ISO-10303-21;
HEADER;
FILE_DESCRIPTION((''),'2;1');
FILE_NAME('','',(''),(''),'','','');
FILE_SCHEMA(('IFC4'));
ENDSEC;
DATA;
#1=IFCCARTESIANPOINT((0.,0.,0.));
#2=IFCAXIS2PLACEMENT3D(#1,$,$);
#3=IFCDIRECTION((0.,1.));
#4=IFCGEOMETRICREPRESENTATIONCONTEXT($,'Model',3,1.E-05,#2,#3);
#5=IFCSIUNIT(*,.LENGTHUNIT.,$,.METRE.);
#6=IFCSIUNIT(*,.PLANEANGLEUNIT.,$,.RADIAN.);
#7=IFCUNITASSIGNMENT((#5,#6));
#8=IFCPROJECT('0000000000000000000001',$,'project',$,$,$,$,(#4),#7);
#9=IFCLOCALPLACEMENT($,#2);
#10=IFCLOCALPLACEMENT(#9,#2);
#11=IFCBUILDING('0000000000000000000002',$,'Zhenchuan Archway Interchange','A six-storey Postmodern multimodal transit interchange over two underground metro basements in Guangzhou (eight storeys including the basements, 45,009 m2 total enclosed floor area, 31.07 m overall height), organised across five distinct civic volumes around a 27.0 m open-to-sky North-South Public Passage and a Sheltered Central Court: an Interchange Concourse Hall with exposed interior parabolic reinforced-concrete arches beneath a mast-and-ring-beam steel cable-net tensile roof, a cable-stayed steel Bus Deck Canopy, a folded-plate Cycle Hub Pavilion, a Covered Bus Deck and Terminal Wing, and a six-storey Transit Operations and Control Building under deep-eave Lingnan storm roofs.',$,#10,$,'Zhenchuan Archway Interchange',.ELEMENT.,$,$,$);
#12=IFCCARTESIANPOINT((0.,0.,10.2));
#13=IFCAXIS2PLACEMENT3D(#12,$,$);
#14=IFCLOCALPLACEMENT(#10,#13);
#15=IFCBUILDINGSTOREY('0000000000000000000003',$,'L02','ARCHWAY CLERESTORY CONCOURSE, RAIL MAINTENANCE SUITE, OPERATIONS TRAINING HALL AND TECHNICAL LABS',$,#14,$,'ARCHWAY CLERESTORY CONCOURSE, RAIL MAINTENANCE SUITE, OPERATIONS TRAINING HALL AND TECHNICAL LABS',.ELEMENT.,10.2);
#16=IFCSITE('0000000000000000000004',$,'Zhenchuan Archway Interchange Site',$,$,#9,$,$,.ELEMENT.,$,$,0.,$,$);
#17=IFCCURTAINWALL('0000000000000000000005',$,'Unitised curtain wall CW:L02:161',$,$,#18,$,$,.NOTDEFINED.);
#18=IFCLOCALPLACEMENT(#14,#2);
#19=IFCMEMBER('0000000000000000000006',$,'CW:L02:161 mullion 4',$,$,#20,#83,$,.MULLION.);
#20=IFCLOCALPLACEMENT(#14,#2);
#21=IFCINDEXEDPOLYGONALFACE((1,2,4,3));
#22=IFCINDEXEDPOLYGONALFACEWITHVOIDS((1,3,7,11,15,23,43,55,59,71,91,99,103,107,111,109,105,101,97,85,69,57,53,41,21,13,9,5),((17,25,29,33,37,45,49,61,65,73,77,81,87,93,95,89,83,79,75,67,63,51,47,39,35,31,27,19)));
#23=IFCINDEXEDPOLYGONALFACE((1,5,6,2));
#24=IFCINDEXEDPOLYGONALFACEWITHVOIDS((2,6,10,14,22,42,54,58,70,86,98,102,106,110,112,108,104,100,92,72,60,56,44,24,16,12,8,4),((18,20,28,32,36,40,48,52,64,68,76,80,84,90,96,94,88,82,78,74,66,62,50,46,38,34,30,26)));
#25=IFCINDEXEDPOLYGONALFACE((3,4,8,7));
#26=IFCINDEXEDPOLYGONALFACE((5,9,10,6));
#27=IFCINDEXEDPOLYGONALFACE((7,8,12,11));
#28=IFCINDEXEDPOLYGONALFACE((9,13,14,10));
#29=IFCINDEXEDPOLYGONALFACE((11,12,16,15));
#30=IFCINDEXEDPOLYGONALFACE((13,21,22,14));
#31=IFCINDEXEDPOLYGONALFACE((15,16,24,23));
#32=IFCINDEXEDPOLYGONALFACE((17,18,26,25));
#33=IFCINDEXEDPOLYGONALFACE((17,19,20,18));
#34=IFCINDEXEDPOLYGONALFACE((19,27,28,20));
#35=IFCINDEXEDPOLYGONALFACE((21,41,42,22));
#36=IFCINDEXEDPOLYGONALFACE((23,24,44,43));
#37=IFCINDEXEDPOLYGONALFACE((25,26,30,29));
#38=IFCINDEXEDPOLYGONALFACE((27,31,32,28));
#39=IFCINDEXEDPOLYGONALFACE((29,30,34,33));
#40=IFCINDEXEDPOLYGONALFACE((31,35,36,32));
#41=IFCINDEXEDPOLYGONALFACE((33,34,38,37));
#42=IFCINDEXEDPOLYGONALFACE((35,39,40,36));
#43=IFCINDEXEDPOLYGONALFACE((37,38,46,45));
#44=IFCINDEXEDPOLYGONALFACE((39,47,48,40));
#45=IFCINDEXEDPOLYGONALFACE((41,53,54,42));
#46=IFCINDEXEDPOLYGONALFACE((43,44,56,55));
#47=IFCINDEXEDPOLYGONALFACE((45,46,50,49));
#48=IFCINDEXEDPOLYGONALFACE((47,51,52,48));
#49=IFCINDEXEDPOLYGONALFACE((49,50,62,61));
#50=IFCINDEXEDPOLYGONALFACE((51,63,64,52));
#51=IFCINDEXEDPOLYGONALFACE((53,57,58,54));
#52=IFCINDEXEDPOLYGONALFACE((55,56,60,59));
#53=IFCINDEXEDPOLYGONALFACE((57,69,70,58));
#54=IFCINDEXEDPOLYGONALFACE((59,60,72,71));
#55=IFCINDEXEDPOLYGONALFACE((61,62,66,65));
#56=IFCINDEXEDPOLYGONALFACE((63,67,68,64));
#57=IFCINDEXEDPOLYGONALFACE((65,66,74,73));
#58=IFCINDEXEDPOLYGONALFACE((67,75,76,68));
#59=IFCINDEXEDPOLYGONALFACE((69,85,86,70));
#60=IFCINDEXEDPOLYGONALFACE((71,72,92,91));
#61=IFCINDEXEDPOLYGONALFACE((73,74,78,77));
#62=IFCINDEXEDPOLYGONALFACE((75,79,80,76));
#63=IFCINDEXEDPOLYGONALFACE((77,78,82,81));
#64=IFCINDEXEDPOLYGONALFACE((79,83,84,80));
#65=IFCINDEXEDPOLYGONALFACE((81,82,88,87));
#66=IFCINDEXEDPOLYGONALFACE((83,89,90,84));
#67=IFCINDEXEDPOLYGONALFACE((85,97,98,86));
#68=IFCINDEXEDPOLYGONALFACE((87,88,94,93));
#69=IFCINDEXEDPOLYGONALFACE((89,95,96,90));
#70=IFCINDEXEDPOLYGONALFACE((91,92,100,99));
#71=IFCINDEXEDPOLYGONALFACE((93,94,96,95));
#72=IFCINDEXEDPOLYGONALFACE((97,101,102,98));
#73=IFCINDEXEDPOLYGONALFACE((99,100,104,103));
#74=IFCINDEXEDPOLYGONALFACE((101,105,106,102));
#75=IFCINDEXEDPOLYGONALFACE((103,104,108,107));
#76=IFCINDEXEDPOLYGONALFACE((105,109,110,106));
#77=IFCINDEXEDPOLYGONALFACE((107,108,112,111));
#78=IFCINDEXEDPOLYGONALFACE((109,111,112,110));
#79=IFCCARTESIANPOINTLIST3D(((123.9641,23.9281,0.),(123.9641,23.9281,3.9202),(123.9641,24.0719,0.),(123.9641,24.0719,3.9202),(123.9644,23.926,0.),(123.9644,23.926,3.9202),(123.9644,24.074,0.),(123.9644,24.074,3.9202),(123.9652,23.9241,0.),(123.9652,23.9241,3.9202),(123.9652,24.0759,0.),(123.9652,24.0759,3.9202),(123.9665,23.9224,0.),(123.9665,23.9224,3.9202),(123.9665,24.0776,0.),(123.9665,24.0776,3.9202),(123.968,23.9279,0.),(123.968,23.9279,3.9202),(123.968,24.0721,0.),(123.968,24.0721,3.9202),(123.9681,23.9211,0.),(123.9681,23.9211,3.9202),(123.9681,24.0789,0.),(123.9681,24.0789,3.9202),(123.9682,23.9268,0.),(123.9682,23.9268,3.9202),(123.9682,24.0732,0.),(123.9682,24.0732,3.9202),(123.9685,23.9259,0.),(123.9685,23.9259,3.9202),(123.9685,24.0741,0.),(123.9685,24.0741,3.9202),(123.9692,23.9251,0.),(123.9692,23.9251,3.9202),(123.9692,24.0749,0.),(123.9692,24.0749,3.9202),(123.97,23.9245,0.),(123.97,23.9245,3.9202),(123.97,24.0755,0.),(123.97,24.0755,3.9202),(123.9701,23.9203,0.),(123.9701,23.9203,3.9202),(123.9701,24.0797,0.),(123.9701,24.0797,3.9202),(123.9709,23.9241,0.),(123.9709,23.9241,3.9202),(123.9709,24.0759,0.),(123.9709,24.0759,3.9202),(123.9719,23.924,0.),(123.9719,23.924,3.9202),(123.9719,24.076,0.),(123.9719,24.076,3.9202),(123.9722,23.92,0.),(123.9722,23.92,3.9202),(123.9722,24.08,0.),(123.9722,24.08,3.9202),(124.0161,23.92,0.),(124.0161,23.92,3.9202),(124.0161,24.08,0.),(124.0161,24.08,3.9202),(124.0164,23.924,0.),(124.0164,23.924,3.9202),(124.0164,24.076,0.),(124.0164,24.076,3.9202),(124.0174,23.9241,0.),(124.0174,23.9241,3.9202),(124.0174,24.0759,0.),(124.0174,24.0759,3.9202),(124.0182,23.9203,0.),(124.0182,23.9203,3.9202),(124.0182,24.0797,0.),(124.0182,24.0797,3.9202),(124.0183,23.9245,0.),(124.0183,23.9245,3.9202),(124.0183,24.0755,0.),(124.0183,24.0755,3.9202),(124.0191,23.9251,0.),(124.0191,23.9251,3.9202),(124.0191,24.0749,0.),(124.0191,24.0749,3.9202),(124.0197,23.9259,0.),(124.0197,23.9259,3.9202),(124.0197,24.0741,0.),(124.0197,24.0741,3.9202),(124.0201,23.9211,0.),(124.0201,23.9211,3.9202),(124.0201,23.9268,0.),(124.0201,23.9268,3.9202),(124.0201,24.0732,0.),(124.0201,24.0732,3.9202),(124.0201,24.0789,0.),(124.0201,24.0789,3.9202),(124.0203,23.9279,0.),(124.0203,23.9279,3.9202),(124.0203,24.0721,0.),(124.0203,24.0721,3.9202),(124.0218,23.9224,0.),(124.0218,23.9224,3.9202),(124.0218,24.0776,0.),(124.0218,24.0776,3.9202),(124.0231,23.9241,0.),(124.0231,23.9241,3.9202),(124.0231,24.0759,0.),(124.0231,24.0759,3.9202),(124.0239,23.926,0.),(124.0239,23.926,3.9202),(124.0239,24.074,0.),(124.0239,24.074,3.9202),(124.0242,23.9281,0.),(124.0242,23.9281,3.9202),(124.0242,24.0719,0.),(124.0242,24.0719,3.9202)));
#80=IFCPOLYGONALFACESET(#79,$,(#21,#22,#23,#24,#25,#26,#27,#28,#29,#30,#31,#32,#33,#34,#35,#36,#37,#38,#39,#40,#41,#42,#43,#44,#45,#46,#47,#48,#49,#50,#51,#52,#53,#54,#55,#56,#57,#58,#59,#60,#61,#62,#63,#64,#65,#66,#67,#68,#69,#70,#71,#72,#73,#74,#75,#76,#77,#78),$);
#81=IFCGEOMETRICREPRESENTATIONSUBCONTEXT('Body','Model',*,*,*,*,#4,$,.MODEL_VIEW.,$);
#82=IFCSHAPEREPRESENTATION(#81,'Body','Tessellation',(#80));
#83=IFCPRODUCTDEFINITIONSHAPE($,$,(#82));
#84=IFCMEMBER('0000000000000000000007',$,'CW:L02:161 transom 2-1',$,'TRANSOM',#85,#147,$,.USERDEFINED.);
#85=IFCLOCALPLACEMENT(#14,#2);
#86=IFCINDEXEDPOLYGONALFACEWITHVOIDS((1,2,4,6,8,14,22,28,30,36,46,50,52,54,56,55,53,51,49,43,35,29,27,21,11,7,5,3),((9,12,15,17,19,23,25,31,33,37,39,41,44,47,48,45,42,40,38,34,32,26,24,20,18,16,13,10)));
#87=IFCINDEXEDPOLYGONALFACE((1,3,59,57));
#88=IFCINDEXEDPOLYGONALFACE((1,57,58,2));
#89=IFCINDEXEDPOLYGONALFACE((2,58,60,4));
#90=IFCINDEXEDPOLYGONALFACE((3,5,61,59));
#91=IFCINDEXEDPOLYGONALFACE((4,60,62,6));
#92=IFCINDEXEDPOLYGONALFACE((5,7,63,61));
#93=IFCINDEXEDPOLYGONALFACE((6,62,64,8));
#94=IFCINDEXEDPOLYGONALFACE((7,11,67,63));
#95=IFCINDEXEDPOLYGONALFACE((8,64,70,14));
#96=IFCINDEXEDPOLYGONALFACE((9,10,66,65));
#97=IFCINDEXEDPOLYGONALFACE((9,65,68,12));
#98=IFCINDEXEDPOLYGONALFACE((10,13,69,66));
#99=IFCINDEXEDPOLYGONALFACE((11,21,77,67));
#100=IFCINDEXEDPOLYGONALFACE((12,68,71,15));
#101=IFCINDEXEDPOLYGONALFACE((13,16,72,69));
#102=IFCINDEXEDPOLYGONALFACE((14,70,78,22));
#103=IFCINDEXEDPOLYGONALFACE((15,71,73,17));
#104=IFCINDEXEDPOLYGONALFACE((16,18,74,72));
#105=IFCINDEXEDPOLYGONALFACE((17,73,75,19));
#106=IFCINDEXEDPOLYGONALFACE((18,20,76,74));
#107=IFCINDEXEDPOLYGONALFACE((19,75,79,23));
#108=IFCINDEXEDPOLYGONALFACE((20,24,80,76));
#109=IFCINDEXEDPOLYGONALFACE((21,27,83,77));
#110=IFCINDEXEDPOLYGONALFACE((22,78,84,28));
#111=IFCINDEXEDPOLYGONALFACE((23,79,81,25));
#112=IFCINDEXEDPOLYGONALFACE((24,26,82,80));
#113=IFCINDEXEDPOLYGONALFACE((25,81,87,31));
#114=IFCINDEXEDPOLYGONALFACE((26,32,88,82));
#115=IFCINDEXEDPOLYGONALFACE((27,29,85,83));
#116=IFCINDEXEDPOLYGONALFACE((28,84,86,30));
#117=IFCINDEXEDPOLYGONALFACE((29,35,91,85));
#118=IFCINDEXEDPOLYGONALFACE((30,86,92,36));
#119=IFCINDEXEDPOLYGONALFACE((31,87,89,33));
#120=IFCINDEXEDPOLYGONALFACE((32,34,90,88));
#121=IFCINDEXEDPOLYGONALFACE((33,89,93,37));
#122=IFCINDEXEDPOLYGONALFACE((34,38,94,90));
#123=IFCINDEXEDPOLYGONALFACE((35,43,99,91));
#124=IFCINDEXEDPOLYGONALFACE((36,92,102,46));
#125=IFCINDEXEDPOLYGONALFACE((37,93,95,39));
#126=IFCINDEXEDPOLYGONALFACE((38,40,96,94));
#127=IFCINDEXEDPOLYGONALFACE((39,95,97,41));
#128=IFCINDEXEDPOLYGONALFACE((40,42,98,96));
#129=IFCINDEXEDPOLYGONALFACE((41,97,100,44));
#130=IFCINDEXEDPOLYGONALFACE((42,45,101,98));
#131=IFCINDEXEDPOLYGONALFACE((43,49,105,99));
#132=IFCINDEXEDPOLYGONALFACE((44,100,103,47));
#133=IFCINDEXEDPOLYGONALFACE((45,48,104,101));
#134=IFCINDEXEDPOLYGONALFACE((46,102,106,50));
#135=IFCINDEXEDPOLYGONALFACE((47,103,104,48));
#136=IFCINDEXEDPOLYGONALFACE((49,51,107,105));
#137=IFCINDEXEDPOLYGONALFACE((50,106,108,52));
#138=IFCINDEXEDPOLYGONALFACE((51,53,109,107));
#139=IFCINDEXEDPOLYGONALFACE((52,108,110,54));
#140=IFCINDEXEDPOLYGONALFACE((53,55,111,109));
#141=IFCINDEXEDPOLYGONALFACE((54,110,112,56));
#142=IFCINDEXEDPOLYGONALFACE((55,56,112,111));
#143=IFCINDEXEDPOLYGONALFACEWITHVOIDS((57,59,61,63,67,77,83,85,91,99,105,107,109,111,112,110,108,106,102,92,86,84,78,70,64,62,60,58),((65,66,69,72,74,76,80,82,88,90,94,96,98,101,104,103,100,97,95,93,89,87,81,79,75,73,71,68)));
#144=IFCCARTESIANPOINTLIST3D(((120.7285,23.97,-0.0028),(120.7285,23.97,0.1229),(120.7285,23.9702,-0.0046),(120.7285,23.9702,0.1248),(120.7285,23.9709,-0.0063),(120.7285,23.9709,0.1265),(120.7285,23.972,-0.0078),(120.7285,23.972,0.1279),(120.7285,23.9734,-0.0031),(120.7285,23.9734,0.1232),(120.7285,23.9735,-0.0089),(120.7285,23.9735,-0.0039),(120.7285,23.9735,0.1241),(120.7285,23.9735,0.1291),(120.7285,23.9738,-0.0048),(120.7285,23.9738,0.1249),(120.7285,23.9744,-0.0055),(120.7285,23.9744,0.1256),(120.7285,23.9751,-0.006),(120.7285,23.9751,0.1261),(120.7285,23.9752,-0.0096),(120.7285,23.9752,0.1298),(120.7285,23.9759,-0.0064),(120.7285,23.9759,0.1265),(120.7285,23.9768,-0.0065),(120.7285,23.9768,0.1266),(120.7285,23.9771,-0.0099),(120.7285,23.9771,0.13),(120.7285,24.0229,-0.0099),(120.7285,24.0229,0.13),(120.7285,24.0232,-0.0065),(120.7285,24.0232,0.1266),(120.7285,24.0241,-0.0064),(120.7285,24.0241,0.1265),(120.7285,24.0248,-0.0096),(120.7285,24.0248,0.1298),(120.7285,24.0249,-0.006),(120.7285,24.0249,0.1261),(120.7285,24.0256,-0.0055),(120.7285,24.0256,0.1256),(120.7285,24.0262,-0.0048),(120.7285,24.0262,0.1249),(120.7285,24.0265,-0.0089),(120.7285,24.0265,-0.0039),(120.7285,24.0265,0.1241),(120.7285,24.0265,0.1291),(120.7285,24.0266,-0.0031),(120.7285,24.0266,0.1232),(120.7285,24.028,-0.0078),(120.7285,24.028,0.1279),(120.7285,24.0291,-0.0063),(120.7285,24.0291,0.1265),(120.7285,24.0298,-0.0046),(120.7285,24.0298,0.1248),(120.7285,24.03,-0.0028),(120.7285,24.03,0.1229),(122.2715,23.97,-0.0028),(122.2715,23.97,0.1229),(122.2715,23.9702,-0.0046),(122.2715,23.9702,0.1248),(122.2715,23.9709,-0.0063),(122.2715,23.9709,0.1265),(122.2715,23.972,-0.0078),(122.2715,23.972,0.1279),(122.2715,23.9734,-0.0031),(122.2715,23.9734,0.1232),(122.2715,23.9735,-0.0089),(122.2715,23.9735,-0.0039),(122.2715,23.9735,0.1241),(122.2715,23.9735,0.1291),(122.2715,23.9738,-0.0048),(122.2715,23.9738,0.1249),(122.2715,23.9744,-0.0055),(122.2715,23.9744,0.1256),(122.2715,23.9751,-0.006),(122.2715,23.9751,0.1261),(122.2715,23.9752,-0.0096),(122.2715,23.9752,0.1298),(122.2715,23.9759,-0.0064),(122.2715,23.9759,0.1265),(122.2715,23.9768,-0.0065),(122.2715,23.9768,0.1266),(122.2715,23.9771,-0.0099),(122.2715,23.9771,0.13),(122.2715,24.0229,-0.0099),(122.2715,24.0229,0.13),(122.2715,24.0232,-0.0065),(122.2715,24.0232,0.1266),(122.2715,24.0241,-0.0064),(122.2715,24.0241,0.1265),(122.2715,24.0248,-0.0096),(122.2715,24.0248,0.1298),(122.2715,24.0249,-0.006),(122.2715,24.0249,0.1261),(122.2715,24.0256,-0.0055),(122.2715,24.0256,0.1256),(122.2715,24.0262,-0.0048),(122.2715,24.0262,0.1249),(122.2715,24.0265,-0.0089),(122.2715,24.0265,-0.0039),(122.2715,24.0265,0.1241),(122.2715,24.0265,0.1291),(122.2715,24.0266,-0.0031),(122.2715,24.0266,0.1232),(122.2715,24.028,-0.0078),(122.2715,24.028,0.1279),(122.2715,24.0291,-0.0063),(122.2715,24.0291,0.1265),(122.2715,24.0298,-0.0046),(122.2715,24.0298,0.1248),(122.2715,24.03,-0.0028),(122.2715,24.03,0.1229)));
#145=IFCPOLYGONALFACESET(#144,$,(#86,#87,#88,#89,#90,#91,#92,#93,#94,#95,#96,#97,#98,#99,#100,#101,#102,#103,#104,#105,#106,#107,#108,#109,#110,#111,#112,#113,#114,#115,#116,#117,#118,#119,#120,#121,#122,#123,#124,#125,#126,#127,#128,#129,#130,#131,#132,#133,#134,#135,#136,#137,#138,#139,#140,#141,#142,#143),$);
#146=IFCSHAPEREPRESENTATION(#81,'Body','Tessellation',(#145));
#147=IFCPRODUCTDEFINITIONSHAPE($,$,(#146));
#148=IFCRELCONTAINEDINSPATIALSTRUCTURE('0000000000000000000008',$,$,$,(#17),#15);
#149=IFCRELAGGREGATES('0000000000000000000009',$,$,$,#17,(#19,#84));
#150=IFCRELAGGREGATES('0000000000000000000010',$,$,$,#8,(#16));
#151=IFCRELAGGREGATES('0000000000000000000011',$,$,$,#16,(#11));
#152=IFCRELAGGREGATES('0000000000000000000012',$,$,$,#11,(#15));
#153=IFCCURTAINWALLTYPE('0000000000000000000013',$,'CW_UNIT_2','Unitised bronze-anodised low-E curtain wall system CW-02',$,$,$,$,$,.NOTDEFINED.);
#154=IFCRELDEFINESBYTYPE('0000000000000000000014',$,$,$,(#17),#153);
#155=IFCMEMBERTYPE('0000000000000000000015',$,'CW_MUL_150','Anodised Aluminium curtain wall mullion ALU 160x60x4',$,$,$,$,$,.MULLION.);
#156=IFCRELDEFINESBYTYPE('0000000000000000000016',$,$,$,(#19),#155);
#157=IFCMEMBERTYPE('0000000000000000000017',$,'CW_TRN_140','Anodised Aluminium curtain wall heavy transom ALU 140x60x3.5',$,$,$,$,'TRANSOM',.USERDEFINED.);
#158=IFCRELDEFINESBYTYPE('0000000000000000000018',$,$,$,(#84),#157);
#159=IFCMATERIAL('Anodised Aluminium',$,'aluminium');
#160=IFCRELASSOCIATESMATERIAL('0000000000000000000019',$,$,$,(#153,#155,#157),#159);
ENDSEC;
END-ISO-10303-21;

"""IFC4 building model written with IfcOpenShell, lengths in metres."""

from ifc_helpers import new_model, si_unit, direction, frame, origin, origin_2d, place, context, subcontext, project, spatial, hollow_rectangle, extrude, material, material_profile, profile_set, type_object, element, aggregate, save


model = new_model("IFC4")

# Units and contexts
model_context = context("Model", 3, precision=1e-05, world=origin(), true_north=direction((0.0, 1.0)))
body_context = subcontext(model_context, "Body", "Model", "MODEL_VIEW")
ifc_project = project(units=[si_unit("LENGTHUNIT", "METRE"), si_unit("PLANEANGLEUNIT", "RADIAN")], contexts=[model_context])

# Site, building, storey
site_placement = place(None, origin())
site = spatial("IfcSite", under=ifc_project, at=site_placement, Name="Zhenchuan Archway Interchange Site", CompositionType="ELEMENT", RefElevation=0.0)
building_placement = place(site_placement, origin())
building = spatial("IfcBuilding", under=site, at=building_placement, Name="Zhenchuan Archway Interchange", Description="A six-storey Postmodern multimodal transit interchange over two underground metro basements in Guangzhou (eight storeys including the basements, 45,009 m2 total enclosed floor area, 31.07 m overall height), organised across five distinct civic volumes around a 27.0 m open-to-sky North-South Public Passage and a Sheltered Central Court: an Interchange Concourse Hall with exposed interior parabolic reinforced-concrete arches beneath a mast-and-ring-beam steel cable-net tensile roof, a cable-stayed steel Bus Deck Canopy, a folded-plate Cycle Hub Pavilion, a Covered Bus Deck and Terminal Wing, and a six-storey Transit Operations and Control Building under deep-eave Lingnan storm roofs.", LongName="Zhenchuan Archway Interchange", CompositionType="ELEMENT")
storey_placement = place(building_placement, frame((0.0, 0.0, 10.2)))
storey = spatial("IfcBuildingStorey", under=building, at=storey_placement, Name="L02", Description="ARCHWAY CLERESTORY CONCOURSE, RAIL MAINTENANCE SUITE, OPERATIONS TRAINING HALL AND TECHNICAL LABS", LongName="ARCHWAY CLERESTORY CONCOURSE, RAIL MAINTENANCE SUITE, OPERATIONS TRAINING HALL AND TECHNICAL LABS", CompositionType="ELEMENT", Elevation=10.2)

# Curtain wall, members
ifc_material_1 = material(Name="Anodised Aluminium", Category="aluminium")
curtain_wall_type = type_object("IfcCurtainWallType", Name="CW_UNIT_2", Description="Unitised bronze-anodised low-E curtain wall system CW-02", PredefinedType="NOTDEFINED", material=ifc_material_1)
curtain_wall_placement = place(storey_placement, origin())
curtain_wall = element("IfcCurtainWall", 1, at=curtain_wall_placement, inside=storey, type_object=curtain_wall_type, Name="Unitised curtain wall CW:L02:161", PredefinedType="NOTDEFINED")
ifc_material_profile_1 = material_profile(ifc_material_1, hollow_rectangle(XDim=0.0601, YDim=0.1599, WallThickness=0.0039, InnerFilletRadius=0.0039, OuterFilletRadius=0.0081, at=origin_2d()), Name="ALU 160x60x4")
ifc_profile_set_1 = profile_set([ifc_material_profile_1], Name="Anodised Aluminium")
member_type_1 = type_object("IfcMemberType", Name="CW_MUL_150", Description="Anodised Aluminium curtain wall mullion ALU 160x60x4", PredefinedType="MULLION", material=ifc_profile_set_1)
member_1_placement = place(storey_placement, frame((123.9941, 24.0, 0.0), z_axis=(0.0, 0.0, 1.0), x_axis=(1.0, 0.0, 0.0)))
member_1 = element("IfcMember", 2, at=member_1_placement, type_object=member_type_1, Name="CW:L02:161 mullion 4", PredefinedType="MULLION", context=body_context, shape_type="SweptSolid", body=[
    extrude(hollow_rectangle(XDim=0.0601, YDim=0.1599, WallThickness=0.0039, InnerFilletRadius=0.0039, OuterFilletRadius=0.0081, at=origin_2d()), origin(), (0.0, 0.0, 1.0), 3.9202),
])
ifc_material_profile_2 = material_profile(ifc_material_1, hollow_rectangle(XDim=0.0601, YDim=0.1399, WallThickness=0.0034, InnerFilletRadius=0.0034, OuterFilletRadius=0.0071, at=origin_2d()), Name="ALU 140x60x3.5")
ifc_profile_set_2 = profile_set([ifc_material_profile_2], Name="Anodised Aluminium")
member_type_2 = type_object("IfcMemberType", Name="CW_TRN_140", Description="Anodised Aluminium curtain wall heavy transom ALU 140x60x3.5", ElementType="TRANSOM", PredefinedType="USERDEFINED", material=ifc_profile_set_2)
member_2_placement = place(storey_placement, frame((120.7285, 24.0, 0.0601), z_axis=(1.0, 0.0, 0.0), x_axis=(0.0, 1.0, 0.0)))
member_2 = element("IfcMember", 3, at=member_2_placement, type_object=member_type_2, Name="CW:L02:161 transom 2-1", ObjectType="TRANSOM", PredefinedType="USERDEFINED", context=body_context, shape_type="SweptSolid", body=[
    extrude(hollow_rectangle(XDim=0.0601, YDim=0.1399, WallThickness=0.0034, InnerFilletRadius=0.0034, OuterFilletRadius=0.0071, at=origin_2d()), origin(), (0.0, 0.0, 1.0), 1.543),
])

aggregate(curtain_wall, [member_1, member_2])

save(model, "model.ifc")
